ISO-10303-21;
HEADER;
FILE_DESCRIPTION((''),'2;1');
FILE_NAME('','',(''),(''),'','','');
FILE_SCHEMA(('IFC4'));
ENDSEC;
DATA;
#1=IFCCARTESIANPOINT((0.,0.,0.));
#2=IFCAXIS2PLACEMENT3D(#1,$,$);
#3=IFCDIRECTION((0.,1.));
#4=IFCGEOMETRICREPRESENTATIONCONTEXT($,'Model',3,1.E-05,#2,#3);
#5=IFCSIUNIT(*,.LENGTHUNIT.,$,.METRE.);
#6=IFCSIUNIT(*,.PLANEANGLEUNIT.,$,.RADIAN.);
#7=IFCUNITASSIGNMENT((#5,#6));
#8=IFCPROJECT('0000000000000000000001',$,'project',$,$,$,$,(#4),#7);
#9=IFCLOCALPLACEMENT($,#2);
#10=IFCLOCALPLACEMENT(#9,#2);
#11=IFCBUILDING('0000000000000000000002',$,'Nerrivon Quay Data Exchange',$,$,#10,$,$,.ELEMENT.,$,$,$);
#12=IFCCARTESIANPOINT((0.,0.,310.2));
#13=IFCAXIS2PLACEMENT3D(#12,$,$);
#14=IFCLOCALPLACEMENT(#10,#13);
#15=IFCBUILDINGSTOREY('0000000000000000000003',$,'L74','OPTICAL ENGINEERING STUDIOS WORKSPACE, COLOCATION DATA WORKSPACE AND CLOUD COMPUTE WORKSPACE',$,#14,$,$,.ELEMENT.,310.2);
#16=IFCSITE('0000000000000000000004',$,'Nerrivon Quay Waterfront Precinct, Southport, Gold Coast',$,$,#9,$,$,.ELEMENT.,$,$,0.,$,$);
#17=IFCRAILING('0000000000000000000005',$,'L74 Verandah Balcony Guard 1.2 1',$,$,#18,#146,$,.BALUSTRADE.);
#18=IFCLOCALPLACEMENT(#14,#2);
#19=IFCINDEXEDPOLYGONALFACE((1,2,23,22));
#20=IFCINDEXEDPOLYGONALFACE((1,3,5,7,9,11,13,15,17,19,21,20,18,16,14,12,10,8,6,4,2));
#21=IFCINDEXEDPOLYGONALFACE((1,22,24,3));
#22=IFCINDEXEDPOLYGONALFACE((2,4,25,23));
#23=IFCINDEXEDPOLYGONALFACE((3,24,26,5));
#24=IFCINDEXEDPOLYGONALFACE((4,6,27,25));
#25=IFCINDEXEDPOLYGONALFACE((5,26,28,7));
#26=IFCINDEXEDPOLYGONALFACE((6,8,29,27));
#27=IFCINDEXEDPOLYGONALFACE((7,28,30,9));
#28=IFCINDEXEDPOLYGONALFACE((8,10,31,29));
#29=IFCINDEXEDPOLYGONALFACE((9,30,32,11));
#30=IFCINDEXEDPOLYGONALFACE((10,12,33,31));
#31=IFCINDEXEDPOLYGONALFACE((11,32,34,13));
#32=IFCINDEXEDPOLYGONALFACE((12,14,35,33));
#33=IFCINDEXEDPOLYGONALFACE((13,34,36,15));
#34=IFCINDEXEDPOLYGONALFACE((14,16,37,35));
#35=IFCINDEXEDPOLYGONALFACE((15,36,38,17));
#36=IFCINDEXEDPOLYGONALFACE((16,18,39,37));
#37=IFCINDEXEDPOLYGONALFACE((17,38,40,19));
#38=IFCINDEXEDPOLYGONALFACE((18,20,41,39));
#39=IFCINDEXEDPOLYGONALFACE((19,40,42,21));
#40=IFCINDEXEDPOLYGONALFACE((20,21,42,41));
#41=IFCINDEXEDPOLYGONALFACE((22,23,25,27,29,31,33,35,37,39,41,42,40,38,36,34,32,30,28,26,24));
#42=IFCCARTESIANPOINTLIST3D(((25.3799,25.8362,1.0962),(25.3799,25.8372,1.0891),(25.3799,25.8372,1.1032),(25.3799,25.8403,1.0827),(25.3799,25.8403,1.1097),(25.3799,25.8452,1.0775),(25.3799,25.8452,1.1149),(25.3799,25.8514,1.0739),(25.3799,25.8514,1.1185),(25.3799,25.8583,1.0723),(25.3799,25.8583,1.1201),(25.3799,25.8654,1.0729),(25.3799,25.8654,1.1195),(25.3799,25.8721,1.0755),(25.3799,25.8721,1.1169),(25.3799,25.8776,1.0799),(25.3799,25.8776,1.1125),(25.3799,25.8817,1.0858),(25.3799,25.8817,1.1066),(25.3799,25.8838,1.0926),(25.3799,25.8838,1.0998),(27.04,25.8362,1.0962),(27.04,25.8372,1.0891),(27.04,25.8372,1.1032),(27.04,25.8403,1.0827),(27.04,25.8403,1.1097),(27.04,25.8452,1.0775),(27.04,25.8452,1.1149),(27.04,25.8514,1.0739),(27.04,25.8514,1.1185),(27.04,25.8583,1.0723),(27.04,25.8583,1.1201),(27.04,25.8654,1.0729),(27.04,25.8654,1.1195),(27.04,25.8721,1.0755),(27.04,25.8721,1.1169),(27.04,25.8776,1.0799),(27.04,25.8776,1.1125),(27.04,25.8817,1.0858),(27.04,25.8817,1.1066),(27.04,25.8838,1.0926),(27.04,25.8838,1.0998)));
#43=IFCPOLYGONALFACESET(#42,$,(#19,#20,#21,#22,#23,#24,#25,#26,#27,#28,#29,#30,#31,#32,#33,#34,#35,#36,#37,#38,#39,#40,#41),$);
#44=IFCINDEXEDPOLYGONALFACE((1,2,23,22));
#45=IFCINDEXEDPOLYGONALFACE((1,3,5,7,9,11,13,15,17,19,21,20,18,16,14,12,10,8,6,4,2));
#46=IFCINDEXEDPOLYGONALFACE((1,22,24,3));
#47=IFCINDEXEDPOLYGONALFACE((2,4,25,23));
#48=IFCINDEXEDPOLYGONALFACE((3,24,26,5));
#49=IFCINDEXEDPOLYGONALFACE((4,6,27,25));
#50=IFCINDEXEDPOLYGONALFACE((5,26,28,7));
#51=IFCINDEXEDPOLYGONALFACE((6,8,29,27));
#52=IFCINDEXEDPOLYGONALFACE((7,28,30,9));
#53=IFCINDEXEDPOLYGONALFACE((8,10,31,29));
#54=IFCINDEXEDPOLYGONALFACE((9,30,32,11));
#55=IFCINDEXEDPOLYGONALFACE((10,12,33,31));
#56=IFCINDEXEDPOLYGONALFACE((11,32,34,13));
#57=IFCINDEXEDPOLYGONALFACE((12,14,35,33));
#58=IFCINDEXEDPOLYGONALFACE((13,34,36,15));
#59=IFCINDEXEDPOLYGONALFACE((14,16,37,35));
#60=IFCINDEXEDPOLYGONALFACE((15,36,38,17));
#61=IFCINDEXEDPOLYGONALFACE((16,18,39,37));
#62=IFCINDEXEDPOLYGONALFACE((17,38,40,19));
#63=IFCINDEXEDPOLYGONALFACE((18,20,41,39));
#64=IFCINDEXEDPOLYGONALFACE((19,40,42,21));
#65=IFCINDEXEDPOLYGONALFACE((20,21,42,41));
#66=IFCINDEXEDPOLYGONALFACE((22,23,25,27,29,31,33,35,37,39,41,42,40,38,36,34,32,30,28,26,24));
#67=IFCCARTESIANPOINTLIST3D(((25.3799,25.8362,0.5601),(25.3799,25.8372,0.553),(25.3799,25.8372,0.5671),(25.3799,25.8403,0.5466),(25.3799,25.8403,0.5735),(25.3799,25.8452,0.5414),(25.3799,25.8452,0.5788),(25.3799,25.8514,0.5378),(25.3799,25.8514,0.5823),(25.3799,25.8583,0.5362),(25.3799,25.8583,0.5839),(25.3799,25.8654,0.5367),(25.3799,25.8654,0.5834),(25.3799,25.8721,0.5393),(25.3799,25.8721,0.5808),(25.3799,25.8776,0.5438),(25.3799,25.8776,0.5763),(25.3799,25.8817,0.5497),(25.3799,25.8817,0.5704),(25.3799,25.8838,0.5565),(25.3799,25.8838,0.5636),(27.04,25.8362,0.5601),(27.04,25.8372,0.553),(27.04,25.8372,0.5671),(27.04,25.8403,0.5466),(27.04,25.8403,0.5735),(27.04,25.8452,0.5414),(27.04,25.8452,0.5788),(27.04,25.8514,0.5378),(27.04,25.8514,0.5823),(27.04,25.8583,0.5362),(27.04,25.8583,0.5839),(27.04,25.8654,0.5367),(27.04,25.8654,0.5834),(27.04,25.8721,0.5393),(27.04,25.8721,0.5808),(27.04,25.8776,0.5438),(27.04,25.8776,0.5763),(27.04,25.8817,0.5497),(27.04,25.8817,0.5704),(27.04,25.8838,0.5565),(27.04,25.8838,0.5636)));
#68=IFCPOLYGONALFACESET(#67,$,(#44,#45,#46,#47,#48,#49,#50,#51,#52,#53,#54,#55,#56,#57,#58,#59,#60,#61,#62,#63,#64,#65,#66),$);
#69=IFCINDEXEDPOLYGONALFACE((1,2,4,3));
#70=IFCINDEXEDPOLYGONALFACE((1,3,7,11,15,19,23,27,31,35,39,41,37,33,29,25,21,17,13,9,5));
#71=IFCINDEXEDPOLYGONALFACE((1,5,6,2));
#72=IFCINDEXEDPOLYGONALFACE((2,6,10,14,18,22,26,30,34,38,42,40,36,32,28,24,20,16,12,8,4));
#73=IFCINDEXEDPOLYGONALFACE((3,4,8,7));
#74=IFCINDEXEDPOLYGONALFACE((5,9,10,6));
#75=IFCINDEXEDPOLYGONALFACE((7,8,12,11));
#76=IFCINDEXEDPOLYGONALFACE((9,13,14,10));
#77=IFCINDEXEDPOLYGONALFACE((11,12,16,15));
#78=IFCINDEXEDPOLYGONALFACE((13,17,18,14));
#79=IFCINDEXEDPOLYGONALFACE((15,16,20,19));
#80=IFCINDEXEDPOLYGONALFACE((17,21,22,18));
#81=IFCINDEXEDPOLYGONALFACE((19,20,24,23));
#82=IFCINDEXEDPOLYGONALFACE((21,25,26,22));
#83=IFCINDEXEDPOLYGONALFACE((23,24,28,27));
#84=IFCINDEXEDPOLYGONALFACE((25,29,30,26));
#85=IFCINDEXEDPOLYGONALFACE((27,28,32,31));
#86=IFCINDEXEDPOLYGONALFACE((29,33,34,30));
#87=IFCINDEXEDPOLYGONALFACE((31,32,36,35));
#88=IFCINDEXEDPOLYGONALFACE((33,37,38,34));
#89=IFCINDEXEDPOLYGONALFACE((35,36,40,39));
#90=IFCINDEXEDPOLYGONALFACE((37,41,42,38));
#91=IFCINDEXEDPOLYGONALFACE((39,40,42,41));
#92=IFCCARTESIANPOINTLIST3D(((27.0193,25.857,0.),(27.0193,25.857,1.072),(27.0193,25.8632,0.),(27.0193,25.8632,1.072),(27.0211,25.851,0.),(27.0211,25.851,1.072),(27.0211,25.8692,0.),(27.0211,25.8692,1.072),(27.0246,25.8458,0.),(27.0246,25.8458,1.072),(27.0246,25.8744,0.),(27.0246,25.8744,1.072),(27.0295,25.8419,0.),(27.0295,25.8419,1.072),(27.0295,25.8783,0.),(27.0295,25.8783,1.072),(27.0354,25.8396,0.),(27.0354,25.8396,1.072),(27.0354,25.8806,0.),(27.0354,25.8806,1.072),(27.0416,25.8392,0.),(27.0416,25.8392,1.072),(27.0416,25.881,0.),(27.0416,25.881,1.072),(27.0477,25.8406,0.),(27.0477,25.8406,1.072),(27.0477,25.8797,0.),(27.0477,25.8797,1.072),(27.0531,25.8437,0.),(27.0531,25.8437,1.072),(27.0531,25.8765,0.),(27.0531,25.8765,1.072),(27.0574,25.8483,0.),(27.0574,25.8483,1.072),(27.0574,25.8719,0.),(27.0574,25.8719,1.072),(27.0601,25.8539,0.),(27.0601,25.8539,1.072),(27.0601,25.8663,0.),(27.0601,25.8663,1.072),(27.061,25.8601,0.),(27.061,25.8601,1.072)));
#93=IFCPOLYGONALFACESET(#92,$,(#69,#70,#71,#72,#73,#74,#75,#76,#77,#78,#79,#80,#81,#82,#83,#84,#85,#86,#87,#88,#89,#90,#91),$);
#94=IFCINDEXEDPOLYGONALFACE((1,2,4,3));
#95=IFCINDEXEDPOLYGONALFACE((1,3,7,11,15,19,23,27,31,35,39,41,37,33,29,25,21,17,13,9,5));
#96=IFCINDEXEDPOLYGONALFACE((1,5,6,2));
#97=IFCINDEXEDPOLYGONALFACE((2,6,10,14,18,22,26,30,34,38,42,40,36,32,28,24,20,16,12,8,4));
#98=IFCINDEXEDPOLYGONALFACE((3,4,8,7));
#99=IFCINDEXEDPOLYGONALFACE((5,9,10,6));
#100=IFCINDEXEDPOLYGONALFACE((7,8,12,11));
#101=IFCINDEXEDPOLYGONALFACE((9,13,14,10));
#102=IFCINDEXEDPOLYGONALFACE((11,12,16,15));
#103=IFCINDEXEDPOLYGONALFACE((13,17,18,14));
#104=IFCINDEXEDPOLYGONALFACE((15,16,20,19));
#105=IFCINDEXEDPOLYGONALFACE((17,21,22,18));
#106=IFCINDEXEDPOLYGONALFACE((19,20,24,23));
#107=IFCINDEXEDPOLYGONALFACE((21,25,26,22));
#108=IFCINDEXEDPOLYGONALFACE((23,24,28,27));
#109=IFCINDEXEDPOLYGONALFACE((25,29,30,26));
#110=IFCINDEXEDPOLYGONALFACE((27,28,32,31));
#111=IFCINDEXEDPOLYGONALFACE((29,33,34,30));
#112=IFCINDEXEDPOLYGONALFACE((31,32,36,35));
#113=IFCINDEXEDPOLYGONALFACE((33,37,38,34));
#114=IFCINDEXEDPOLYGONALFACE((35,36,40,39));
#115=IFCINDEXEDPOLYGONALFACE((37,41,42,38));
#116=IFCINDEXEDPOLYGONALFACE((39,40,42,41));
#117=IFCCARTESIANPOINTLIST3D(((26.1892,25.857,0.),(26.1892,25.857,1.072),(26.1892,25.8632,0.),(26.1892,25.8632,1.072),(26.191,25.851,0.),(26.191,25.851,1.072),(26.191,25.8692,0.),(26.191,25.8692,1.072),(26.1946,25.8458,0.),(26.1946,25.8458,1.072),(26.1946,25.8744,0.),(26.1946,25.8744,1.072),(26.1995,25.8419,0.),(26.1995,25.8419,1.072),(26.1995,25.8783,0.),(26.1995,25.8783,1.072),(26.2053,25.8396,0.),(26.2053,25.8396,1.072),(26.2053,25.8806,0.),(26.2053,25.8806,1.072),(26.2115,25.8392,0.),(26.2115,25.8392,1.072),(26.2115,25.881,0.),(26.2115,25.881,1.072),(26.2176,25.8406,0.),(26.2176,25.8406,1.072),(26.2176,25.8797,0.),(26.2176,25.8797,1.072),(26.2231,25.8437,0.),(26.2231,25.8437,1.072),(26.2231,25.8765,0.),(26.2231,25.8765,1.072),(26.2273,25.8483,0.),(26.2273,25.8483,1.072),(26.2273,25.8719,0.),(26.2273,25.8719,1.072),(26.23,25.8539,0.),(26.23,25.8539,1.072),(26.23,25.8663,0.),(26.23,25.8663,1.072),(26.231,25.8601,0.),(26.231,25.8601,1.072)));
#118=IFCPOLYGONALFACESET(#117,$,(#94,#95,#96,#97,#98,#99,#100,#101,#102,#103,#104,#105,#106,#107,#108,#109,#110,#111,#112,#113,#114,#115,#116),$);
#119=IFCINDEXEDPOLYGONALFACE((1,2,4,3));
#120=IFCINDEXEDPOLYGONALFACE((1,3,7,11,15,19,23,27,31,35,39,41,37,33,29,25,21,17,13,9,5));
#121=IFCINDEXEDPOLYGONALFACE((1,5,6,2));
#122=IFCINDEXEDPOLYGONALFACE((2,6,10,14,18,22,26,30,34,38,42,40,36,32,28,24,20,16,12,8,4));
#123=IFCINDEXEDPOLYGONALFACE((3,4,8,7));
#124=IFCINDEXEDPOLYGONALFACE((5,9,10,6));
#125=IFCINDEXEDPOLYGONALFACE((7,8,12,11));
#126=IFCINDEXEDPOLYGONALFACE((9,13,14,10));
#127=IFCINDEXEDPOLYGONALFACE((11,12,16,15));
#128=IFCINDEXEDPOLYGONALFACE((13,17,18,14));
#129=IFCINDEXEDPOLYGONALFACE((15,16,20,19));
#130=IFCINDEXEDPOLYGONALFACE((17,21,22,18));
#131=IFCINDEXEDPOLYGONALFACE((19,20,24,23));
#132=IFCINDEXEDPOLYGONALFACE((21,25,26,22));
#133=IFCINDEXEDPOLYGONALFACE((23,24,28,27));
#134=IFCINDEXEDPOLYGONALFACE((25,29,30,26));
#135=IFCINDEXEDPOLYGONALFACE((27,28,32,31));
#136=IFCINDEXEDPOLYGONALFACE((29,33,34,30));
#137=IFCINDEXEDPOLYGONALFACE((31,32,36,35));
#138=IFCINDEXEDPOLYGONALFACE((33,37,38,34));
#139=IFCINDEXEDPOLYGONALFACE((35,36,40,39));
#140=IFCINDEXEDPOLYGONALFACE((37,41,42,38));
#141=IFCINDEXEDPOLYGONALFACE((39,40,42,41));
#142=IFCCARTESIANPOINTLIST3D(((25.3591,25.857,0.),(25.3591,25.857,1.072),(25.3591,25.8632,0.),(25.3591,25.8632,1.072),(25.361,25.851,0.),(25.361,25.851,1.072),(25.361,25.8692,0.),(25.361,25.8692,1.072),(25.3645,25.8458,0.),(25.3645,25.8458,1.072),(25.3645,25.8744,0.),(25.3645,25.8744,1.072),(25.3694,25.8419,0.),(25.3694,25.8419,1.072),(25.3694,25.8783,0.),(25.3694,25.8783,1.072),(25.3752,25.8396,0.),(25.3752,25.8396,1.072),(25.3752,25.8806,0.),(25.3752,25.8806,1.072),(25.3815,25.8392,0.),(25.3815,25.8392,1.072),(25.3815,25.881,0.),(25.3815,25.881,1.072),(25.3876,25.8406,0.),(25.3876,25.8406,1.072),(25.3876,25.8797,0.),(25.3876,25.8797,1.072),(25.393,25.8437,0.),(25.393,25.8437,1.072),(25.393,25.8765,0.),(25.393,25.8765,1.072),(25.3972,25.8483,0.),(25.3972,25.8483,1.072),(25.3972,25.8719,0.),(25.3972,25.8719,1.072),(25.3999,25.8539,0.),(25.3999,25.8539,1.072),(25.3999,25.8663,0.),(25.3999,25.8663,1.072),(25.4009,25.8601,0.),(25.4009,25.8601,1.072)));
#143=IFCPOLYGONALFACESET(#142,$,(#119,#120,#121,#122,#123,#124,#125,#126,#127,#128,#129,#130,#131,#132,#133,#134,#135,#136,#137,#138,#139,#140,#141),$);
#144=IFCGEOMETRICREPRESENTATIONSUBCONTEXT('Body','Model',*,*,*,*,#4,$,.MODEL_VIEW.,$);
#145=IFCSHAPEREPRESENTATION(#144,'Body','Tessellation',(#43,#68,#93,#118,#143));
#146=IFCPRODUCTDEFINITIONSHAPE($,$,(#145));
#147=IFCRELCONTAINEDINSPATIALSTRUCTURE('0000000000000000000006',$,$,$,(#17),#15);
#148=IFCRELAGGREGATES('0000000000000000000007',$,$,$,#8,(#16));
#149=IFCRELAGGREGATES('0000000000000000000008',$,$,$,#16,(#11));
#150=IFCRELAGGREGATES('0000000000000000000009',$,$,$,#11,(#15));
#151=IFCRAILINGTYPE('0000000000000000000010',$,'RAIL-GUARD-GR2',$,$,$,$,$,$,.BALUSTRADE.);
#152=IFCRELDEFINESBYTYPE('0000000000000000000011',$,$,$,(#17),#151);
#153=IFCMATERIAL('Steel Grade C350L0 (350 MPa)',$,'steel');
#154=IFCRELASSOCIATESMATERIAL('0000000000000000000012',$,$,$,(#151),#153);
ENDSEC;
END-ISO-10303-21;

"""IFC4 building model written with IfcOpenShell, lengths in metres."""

from ifc_helpers import new_model, si_unit, direction, frame, origin, origin_2d, place, context, subcontext, project, spatial, circle, extrude, material, type_object, element, save


model = new_model("IFC4")

# Units and contexts
model_context = context("Model", 3, precision=1e-05, world=origin(), true_north=direction((0.0, 1.0)))
body_context = subcontext(model_context, "Body", "Model", "MODEL_VIEW")
ifc_project = project(units=[si_unit("LENGTHUNIT", "METRE"), si_unit("PLANEANGLEUNIT", "RADIAN")], contexts=[model_context])

# Site, building, storey
site_placement = place(None, origin())
site = spatial("IfcSite", under=ifc_project, at=site_placement, Name="Nerrivon Quay Waterfront Precinct, Southport, Gold Coast", CompositionType="ELEMENT", RefElevation=0.0)
building_placement = place(site_placement, origin())
building = spatial("IfcBuilding", under=site, at=building_placement, Name="Nerrivon Quay Data Exchange", CompositionType="ELEMENT")
storey_placement = place(building_placement, frame((0.0, 0.0, 310.2)))
storey = spatial("IfcBuildingStorey", under=building, at=storey_placement, Name="L74", Description="OPTICAL ENGINEERING STUDIOS WORKSPACE, COLOCATION DATA WORKSPACE AND CLOUD COMPUTE WORKSPACE", CompositionType="ELEMENT", Elevation=310.2)

# Shared definitions
ifc_material_1 = material(Name="Steel Grade C350L0 (350 MPa)", Category="steel")

# Railing
railing_type = type_object("IfcRailingType", Name="RAIL-GUARD-GR2", PredefinedType="BALUSTRADE", material=ifc_material_1)
railing_1_placement = place(storey_placement, frame((27.04, 25.8601, 0.0)))
element("IfcRailing", 1, at=railing_1_placement, inside=storey, type_object=railing_type, Name="L74 Verandah Balcony Guard 1.2 1", PredefinedType="BALUSTRADE", context=body_context, shape_type="SweptSolid", body=[
    extrude(circle(Radius=0.0239, at=origin_2d()), frame((0.0, 0.0, 1.0962), z_axis=(-1.0, 0.0, 0.0), x_axis=(0.0, -1.0, 0.0)), (0.0, 0.0, 1.0), 1.6602),
    extrude(circle(Radius=0.0239, at=origin_2d()), frame((0.0, 0.0, 0.5601), z_axis=(-1.0, 0.0, 0.0), x_axis=(0.0, -1.0, 0.0)), (0.0, 0.0, 1.0), 1.6602),
    extrude(circle(Radius=0.021, at=origin_2d()), origin(), (0.0, 0.0, 1.0), 1.072),
    extrude(circle(Radius=0.021, at=origin_2d()), frame((-0.8301, 0.0, 0.0)), (0.0, 0.0, 1.0), 1.072),
    extrude(circle(Radius=0.021, at=origin_2d()), frame((-1.6602, 0.0, 0.0)), (0.0, 0.0, 1.0), 1.072),
])

save(model, "model.ifc")
